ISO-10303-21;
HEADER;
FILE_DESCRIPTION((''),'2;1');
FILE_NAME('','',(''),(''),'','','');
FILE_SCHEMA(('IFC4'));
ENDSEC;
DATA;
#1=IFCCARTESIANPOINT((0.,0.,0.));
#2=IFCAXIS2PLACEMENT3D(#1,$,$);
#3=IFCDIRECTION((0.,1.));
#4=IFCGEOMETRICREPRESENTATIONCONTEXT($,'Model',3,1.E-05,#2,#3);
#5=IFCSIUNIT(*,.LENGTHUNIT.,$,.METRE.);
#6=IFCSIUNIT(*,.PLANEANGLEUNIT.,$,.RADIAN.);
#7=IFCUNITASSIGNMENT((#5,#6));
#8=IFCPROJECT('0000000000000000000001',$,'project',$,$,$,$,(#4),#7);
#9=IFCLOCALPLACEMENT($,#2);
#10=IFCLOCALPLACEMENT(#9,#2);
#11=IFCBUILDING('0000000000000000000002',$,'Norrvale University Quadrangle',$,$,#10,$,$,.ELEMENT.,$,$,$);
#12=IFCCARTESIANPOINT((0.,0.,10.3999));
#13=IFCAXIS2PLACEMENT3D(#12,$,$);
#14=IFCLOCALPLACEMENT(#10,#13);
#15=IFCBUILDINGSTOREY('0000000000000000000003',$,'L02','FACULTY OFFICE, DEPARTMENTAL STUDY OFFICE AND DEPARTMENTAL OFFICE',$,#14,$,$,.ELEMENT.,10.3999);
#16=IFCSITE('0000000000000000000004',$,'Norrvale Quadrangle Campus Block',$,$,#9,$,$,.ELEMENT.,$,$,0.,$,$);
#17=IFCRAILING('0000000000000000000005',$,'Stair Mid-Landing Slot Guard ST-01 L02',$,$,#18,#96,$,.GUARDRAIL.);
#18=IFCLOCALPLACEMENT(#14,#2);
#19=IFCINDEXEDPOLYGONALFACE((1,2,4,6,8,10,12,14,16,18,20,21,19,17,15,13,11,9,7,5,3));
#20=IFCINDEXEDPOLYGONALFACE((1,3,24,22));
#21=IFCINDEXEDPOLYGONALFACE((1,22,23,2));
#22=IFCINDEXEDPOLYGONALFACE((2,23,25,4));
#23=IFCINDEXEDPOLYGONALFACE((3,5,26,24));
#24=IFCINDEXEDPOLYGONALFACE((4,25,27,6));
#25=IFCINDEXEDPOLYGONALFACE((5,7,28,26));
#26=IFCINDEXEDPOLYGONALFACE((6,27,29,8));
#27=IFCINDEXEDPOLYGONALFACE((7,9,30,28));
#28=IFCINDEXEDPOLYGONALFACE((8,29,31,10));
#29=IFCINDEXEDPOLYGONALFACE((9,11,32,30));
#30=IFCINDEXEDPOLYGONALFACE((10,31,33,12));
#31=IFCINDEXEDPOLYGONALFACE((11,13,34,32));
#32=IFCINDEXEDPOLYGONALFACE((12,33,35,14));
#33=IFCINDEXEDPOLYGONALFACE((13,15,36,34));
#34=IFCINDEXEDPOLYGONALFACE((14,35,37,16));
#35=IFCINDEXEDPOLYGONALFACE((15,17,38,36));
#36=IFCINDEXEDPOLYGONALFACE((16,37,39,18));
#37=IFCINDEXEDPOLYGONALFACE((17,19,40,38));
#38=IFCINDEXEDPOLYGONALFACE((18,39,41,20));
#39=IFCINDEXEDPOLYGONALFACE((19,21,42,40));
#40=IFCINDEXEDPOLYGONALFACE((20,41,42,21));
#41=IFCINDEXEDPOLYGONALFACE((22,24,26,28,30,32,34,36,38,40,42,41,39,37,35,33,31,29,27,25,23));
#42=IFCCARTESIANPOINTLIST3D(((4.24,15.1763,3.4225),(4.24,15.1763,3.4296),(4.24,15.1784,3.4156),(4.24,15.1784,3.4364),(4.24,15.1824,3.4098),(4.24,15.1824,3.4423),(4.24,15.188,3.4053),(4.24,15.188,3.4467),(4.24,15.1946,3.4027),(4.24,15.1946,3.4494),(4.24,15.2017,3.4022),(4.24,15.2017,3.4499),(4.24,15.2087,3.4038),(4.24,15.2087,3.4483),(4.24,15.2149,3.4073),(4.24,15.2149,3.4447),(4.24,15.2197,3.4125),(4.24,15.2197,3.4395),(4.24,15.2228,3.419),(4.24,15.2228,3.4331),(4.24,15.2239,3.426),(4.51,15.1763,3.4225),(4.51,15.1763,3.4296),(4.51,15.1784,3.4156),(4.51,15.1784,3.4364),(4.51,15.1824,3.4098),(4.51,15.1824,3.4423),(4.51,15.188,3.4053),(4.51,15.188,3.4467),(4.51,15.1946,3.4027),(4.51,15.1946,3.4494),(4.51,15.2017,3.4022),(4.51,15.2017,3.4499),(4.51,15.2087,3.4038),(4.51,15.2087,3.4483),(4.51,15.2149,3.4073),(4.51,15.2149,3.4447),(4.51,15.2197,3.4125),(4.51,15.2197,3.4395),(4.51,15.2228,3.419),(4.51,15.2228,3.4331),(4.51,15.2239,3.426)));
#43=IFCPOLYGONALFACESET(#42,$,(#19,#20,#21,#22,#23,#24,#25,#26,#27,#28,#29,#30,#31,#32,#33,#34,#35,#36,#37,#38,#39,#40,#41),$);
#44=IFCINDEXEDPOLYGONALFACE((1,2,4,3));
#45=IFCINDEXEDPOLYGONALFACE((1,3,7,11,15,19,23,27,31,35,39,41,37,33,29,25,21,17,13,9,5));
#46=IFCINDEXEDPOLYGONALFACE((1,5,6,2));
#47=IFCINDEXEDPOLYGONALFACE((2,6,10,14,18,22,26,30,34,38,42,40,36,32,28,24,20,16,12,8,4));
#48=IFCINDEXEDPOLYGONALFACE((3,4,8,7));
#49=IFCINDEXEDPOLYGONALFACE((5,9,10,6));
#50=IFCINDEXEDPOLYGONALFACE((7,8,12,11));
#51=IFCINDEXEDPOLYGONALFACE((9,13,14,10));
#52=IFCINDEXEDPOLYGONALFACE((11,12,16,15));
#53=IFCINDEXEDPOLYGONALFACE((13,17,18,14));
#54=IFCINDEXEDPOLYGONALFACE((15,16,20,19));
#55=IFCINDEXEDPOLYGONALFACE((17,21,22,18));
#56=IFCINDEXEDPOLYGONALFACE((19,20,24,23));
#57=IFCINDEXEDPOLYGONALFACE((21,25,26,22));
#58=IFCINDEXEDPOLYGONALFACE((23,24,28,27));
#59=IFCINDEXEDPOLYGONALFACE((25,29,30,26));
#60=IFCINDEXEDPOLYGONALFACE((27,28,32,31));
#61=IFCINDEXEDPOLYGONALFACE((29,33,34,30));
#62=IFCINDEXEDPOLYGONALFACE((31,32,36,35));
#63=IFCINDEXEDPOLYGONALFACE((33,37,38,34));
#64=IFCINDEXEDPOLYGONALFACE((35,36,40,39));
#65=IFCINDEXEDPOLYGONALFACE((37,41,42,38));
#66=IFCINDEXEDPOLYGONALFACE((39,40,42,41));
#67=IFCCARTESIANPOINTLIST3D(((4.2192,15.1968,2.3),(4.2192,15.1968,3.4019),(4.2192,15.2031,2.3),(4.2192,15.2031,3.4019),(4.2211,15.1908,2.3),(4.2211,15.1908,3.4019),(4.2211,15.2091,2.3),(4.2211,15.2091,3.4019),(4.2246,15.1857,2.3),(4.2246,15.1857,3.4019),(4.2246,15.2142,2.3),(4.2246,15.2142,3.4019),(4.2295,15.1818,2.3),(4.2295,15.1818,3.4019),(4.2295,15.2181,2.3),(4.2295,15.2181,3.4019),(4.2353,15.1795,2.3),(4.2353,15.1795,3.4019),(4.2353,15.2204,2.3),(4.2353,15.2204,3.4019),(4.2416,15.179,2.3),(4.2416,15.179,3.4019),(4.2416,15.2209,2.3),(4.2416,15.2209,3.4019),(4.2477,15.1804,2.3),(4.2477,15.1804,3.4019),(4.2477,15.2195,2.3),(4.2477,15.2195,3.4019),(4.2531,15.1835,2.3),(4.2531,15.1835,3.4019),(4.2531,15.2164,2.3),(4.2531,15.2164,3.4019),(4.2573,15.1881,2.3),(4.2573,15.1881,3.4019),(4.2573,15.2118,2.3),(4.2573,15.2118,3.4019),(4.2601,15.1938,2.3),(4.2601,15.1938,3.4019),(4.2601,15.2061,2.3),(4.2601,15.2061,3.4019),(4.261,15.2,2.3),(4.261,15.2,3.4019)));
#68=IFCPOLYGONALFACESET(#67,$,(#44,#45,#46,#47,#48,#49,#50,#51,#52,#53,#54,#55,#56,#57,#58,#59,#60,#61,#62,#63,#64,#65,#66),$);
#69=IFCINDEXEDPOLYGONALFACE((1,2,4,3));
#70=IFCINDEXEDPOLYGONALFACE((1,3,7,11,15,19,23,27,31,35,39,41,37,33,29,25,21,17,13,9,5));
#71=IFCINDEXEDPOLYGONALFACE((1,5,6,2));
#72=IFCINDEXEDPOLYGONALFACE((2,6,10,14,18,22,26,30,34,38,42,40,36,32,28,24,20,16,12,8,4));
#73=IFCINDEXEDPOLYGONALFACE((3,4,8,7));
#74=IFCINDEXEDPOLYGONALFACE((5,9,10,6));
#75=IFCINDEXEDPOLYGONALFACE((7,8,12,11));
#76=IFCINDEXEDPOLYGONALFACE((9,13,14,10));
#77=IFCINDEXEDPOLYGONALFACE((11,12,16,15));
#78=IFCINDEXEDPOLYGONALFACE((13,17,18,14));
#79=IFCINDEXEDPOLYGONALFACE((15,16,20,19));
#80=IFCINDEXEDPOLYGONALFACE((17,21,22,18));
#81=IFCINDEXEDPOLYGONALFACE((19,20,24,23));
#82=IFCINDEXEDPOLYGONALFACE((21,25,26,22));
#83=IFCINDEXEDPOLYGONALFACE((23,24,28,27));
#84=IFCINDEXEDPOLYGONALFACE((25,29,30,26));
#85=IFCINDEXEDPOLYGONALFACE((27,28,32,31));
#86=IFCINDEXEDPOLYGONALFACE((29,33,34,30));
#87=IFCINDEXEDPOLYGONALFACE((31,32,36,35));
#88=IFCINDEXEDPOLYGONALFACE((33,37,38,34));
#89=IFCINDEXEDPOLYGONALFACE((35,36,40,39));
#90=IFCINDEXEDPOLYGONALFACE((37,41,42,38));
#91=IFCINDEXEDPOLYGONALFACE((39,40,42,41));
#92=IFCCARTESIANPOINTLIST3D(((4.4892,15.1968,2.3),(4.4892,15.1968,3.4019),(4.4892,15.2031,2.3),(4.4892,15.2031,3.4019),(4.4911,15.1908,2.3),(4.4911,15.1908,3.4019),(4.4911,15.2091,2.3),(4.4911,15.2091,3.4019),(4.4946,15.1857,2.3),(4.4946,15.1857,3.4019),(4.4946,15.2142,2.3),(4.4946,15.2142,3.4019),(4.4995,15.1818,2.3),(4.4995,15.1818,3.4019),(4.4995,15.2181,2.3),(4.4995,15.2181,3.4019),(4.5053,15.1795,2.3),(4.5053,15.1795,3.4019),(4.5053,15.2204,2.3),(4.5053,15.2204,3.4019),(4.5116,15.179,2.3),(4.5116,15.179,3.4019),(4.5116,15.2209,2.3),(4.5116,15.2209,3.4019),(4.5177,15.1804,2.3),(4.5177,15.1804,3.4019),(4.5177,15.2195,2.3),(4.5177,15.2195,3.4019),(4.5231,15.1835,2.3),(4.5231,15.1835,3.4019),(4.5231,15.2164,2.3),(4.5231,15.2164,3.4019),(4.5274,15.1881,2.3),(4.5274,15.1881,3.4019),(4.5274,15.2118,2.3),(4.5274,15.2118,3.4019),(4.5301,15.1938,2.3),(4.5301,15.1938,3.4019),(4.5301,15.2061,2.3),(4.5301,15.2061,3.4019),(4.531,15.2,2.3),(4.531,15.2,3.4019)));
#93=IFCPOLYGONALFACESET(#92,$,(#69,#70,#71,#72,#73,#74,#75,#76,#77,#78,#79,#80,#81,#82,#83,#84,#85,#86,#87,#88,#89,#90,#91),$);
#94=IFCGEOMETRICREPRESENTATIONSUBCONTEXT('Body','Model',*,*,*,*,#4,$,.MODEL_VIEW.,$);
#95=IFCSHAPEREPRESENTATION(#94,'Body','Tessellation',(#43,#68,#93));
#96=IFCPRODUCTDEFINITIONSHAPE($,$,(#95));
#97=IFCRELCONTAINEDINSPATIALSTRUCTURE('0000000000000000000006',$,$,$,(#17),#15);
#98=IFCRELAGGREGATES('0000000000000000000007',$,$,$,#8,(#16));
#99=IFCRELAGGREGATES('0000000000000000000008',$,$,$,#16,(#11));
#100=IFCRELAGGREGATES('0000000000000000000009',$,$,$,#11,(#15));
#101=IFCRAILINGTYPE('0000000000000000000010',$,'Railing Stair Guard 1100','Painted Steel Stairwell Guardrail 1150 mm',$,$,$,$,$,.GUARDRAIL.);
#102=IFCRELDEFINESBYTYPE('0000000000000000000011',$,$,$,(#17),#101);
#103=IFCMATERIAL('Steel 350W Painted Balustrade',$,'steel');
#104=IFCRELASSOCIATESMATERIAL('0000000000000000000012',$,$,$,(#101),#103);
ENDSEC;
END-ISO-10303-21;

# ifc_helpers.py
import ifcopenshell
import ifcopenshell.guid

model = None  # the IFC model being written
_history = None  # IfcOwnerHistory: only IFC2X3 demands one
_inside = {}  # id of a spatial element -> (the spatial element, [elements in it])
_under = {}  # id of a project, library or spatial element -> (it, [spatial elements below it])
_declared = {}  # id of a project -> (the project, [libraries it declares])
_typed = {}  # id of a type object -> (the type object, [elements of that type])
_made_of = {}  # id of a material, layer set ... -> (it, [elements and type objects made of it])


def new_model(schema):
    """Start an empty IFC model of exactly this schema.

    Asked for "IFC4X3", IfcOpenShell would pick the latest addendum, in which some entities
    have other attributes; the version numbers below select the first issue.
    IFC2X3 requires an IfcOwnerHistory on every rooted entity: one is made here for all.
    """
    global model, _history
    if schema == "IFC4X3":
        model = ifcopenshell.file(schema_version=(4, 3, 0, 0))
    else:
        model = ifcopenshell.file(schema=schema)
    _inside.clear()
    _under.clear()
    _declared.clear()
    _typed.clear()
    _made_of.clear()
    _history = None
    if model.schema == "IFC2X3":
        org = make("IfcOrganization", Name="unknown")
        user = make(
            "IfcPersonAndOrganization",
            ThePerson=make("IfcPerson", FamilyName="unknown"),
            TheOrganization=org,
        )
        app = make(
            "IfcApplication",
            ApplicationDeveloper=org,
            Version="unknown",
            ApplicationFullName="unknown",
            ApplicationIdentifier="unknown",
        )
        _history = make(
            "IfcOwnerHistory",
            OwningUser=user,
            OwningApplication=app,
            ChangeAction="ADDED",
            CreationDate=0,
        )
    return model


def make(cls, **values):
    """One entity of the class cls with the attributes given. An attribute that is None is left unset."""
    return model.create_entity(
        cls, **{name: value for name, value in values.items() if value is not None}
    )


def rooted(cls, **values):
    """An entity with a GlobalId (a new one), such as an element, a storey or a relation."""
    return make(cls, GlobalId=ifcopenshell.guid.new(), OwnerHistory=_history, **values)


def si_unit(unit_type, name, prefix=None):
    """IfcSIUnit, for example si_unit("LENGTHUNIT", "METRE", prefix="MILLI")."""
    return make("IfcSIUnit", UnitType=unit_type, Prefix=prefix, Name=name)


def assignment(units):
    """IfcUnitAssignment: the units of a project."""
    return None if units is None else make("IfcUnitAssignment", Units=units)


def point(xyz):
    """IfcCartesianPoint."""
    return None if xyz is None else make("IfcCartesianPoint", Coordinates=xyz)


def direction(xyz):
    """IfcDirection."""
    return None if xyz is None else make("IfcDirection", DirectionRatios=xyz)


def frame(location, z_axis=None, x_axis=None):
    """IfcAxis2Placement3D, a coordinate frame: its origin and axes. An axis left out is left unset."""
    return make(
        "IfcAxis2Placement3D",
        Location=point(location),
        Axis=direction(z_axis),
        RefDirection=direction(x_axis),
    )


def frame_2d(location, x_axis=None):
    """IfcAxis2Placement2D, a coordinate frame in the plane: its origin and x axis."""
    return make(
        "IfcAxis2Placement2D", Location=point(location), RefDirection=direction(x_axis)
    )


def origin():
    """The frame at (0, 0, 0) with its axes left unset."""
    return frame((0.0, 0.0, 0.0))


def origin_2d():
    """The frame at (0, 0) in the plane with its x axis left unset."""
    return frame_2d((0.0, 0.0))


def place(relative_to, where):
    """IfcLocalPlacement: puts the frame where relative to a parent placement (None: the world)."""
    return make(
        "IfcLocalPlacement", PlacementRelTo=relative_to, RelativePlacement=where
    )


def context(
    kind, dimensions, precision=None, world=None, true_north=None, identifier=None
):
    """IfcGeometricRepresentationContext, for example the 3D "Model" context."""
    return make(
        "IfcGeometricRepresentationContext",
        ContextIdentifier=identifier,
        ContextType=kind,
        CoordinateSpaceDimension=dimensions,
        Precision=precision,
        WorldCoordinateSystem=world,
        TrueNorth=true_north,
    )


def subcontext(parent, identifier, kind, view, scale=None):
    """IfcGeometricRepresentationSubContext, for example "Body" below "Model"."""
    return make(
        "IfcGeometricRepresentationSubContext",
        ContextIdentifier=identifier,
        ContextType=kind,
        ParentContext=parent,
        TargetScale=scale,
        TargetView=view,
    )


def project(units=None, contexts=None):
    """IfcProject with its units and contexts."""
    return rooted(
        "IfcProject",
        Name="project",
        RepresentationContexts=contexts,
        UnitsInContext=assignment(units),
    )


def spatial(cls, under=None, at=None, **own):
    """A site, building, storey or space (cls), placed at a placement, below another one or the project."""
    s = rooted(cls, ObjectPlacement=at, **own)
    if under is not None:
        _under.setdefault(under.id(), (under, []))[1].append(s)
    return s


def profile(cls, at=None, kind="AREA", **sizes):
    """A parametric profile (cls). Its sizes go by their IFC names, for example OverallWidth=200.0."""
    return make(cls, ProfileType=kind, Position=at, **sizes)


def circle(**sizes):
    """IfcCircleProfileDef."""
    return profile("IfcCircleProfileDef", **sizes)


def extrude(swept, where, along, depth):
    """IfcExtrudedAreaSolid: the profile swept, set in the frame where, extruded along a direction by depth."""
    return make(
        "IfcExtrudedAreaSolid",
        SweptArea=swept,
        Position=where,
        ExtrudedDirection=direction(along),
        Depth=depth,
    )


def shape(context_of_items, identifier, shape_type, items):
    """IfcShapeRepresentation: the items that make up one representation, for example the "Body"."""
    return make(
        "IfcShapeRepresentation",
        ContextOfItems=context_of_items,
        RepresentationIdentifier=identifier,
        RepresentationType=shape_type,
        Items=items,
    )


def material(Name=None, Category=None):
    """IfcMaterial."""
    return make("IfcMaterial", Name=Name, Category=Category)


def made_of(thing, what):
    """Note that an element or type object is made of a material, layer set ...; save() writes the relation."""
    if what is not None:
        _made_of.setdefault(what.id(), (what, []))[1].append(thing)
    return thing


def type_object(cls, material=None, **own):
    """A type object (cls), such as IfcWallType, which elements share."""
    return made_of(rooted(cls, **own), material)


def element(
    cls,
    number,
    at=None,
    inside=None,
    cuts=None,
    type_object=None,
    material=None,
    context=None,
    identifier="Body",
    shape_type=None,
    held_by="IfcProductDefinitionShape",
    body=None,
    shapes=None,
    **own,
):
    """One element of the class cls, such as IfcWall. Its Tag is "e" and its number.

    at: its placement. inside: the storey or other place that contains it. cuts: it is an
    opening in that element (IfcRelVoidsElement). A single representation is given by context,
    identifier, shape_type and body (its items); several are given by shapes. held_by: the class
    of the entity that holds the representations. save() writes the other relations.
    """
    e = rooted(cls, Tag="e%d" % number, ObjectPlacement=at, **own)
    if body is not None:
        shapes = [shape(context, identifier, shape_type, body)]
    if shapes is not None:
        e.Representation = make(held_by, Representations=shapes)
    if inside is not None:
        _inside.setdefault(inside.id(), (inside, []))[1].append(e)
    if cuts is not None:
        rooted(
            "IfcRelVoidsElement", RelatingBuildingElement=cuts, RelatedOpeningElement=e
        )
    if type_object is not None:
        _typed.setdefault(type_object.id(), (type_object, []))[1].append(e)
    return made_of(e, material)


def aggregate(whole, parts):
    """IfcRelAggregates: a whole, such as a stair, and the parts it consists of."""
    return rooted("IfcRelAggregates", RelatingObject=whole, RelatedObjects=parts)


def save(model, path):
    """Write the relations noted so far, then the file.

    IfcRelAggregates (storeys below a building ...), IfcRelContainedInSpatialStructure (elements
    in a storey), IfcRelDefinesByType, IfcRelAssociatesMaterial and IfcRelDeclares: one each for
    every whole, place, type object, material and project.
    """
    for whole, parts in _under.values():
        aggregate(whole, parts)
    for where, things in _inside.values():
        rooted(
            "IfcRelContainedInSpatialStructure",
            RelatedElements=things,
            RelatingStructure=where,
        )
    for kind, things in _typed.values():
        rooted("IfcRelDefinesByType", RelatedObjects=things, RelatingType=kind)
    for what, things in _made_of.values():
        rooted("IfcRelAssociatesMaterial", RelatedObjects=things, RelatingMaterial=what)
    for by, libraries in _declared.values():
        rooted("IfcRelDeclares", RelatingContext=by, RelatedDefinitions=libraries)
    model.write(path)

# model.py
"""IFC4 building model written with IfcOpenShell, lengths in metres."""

from ifc_helpers import new_model, si_unit, direction, frame, origin, origin_2d, place, context, subcontext, project, spatial, circle, extrude, material, type_object, element, save


model = new_model("IFC4")

# Units and contexts
model_context = context("Model", 3, precision=1e-05, world=origin(), true_north=direction((0.0, 1.0)))
body_context = subcontext(model_context, "Body", "Model", "MODEL_VIEW")
ifc_project = project(units=[si_unit("LENGTHUNIT", "METRE"), si_unit("PLANEANGLEUNIT", "RADIAN")], contexts=[model_context])

# Site, building, storey
site_placement = place(None, origin())
site = spatial("IfcSite", under=ifc_project, at=site_placement, Name="Norrvale Quadrangle Campus Block", CompositionType="ELEMENT", RefElevation=0.0)
building_placement = place(site_placement, origin())
building = spatial("IfcBuilding", under=site, at=building_placement, Name="Norrvale University Quadrangle", CompositionType="ELEMENT")
storey_placement = place(building_placement, frame((0.0, 0.0, 10.3999)))
storey = spatial("IfcBuildingStorey", under=building, at=storey_placement, Name="L02", Description="FACULTY OFFICE, DEPARTMENTAL STUDY OFFICE AND DEPARTMENTAL OFFICE", CompositionType="ELEMENT", Elevation=10.3999)

# Railing
ifc_material_1 = material(Name="Steel 350W Painted Balustrade", Category="steel")
railing_type_1 = type_object("IfcRailingType", Name="Railing Stair Guard 1100", Description="Painted Steel Stairwell Guardrail 1150 mm", PredefinedType="GUARDRAIL", material=ifc_material_1)
for number, where, name in (
    (1, (4.24, 15.2, 2.3), "Stair Mid-Landing Slot Guard ST-01 L02"),
):
    element("IfcRailing", number, at=place(storey_placement, frame(where)), inside=storey, type_object=railing_type_1, Name=name, PredefinedType="GUARDRAIL", context=body_context, shape_type="SweptSolid", body=[
        extrude(circle(Radius=0.0239, at=origin_2d()), frame((0.0, 0.0, 1.126), z_axis=(1.0, 0.0, 0.0), x_axis=(0.0, 1.0, 0.0)), (0.0, 0.0, 1.0), 0.27),
        extrude(circle(Radius=0.021, at=origin_2d()), origin(), (0.0, 0.0, 1.0), 1.1018),
        extrude(circle(Radius=0.021, at=origin_2d()), frame((0.27, 0.0, 0.0)), (0.0, 0.0, 1.0), 1.1018),
    ])

save(model, "model.ifc")
